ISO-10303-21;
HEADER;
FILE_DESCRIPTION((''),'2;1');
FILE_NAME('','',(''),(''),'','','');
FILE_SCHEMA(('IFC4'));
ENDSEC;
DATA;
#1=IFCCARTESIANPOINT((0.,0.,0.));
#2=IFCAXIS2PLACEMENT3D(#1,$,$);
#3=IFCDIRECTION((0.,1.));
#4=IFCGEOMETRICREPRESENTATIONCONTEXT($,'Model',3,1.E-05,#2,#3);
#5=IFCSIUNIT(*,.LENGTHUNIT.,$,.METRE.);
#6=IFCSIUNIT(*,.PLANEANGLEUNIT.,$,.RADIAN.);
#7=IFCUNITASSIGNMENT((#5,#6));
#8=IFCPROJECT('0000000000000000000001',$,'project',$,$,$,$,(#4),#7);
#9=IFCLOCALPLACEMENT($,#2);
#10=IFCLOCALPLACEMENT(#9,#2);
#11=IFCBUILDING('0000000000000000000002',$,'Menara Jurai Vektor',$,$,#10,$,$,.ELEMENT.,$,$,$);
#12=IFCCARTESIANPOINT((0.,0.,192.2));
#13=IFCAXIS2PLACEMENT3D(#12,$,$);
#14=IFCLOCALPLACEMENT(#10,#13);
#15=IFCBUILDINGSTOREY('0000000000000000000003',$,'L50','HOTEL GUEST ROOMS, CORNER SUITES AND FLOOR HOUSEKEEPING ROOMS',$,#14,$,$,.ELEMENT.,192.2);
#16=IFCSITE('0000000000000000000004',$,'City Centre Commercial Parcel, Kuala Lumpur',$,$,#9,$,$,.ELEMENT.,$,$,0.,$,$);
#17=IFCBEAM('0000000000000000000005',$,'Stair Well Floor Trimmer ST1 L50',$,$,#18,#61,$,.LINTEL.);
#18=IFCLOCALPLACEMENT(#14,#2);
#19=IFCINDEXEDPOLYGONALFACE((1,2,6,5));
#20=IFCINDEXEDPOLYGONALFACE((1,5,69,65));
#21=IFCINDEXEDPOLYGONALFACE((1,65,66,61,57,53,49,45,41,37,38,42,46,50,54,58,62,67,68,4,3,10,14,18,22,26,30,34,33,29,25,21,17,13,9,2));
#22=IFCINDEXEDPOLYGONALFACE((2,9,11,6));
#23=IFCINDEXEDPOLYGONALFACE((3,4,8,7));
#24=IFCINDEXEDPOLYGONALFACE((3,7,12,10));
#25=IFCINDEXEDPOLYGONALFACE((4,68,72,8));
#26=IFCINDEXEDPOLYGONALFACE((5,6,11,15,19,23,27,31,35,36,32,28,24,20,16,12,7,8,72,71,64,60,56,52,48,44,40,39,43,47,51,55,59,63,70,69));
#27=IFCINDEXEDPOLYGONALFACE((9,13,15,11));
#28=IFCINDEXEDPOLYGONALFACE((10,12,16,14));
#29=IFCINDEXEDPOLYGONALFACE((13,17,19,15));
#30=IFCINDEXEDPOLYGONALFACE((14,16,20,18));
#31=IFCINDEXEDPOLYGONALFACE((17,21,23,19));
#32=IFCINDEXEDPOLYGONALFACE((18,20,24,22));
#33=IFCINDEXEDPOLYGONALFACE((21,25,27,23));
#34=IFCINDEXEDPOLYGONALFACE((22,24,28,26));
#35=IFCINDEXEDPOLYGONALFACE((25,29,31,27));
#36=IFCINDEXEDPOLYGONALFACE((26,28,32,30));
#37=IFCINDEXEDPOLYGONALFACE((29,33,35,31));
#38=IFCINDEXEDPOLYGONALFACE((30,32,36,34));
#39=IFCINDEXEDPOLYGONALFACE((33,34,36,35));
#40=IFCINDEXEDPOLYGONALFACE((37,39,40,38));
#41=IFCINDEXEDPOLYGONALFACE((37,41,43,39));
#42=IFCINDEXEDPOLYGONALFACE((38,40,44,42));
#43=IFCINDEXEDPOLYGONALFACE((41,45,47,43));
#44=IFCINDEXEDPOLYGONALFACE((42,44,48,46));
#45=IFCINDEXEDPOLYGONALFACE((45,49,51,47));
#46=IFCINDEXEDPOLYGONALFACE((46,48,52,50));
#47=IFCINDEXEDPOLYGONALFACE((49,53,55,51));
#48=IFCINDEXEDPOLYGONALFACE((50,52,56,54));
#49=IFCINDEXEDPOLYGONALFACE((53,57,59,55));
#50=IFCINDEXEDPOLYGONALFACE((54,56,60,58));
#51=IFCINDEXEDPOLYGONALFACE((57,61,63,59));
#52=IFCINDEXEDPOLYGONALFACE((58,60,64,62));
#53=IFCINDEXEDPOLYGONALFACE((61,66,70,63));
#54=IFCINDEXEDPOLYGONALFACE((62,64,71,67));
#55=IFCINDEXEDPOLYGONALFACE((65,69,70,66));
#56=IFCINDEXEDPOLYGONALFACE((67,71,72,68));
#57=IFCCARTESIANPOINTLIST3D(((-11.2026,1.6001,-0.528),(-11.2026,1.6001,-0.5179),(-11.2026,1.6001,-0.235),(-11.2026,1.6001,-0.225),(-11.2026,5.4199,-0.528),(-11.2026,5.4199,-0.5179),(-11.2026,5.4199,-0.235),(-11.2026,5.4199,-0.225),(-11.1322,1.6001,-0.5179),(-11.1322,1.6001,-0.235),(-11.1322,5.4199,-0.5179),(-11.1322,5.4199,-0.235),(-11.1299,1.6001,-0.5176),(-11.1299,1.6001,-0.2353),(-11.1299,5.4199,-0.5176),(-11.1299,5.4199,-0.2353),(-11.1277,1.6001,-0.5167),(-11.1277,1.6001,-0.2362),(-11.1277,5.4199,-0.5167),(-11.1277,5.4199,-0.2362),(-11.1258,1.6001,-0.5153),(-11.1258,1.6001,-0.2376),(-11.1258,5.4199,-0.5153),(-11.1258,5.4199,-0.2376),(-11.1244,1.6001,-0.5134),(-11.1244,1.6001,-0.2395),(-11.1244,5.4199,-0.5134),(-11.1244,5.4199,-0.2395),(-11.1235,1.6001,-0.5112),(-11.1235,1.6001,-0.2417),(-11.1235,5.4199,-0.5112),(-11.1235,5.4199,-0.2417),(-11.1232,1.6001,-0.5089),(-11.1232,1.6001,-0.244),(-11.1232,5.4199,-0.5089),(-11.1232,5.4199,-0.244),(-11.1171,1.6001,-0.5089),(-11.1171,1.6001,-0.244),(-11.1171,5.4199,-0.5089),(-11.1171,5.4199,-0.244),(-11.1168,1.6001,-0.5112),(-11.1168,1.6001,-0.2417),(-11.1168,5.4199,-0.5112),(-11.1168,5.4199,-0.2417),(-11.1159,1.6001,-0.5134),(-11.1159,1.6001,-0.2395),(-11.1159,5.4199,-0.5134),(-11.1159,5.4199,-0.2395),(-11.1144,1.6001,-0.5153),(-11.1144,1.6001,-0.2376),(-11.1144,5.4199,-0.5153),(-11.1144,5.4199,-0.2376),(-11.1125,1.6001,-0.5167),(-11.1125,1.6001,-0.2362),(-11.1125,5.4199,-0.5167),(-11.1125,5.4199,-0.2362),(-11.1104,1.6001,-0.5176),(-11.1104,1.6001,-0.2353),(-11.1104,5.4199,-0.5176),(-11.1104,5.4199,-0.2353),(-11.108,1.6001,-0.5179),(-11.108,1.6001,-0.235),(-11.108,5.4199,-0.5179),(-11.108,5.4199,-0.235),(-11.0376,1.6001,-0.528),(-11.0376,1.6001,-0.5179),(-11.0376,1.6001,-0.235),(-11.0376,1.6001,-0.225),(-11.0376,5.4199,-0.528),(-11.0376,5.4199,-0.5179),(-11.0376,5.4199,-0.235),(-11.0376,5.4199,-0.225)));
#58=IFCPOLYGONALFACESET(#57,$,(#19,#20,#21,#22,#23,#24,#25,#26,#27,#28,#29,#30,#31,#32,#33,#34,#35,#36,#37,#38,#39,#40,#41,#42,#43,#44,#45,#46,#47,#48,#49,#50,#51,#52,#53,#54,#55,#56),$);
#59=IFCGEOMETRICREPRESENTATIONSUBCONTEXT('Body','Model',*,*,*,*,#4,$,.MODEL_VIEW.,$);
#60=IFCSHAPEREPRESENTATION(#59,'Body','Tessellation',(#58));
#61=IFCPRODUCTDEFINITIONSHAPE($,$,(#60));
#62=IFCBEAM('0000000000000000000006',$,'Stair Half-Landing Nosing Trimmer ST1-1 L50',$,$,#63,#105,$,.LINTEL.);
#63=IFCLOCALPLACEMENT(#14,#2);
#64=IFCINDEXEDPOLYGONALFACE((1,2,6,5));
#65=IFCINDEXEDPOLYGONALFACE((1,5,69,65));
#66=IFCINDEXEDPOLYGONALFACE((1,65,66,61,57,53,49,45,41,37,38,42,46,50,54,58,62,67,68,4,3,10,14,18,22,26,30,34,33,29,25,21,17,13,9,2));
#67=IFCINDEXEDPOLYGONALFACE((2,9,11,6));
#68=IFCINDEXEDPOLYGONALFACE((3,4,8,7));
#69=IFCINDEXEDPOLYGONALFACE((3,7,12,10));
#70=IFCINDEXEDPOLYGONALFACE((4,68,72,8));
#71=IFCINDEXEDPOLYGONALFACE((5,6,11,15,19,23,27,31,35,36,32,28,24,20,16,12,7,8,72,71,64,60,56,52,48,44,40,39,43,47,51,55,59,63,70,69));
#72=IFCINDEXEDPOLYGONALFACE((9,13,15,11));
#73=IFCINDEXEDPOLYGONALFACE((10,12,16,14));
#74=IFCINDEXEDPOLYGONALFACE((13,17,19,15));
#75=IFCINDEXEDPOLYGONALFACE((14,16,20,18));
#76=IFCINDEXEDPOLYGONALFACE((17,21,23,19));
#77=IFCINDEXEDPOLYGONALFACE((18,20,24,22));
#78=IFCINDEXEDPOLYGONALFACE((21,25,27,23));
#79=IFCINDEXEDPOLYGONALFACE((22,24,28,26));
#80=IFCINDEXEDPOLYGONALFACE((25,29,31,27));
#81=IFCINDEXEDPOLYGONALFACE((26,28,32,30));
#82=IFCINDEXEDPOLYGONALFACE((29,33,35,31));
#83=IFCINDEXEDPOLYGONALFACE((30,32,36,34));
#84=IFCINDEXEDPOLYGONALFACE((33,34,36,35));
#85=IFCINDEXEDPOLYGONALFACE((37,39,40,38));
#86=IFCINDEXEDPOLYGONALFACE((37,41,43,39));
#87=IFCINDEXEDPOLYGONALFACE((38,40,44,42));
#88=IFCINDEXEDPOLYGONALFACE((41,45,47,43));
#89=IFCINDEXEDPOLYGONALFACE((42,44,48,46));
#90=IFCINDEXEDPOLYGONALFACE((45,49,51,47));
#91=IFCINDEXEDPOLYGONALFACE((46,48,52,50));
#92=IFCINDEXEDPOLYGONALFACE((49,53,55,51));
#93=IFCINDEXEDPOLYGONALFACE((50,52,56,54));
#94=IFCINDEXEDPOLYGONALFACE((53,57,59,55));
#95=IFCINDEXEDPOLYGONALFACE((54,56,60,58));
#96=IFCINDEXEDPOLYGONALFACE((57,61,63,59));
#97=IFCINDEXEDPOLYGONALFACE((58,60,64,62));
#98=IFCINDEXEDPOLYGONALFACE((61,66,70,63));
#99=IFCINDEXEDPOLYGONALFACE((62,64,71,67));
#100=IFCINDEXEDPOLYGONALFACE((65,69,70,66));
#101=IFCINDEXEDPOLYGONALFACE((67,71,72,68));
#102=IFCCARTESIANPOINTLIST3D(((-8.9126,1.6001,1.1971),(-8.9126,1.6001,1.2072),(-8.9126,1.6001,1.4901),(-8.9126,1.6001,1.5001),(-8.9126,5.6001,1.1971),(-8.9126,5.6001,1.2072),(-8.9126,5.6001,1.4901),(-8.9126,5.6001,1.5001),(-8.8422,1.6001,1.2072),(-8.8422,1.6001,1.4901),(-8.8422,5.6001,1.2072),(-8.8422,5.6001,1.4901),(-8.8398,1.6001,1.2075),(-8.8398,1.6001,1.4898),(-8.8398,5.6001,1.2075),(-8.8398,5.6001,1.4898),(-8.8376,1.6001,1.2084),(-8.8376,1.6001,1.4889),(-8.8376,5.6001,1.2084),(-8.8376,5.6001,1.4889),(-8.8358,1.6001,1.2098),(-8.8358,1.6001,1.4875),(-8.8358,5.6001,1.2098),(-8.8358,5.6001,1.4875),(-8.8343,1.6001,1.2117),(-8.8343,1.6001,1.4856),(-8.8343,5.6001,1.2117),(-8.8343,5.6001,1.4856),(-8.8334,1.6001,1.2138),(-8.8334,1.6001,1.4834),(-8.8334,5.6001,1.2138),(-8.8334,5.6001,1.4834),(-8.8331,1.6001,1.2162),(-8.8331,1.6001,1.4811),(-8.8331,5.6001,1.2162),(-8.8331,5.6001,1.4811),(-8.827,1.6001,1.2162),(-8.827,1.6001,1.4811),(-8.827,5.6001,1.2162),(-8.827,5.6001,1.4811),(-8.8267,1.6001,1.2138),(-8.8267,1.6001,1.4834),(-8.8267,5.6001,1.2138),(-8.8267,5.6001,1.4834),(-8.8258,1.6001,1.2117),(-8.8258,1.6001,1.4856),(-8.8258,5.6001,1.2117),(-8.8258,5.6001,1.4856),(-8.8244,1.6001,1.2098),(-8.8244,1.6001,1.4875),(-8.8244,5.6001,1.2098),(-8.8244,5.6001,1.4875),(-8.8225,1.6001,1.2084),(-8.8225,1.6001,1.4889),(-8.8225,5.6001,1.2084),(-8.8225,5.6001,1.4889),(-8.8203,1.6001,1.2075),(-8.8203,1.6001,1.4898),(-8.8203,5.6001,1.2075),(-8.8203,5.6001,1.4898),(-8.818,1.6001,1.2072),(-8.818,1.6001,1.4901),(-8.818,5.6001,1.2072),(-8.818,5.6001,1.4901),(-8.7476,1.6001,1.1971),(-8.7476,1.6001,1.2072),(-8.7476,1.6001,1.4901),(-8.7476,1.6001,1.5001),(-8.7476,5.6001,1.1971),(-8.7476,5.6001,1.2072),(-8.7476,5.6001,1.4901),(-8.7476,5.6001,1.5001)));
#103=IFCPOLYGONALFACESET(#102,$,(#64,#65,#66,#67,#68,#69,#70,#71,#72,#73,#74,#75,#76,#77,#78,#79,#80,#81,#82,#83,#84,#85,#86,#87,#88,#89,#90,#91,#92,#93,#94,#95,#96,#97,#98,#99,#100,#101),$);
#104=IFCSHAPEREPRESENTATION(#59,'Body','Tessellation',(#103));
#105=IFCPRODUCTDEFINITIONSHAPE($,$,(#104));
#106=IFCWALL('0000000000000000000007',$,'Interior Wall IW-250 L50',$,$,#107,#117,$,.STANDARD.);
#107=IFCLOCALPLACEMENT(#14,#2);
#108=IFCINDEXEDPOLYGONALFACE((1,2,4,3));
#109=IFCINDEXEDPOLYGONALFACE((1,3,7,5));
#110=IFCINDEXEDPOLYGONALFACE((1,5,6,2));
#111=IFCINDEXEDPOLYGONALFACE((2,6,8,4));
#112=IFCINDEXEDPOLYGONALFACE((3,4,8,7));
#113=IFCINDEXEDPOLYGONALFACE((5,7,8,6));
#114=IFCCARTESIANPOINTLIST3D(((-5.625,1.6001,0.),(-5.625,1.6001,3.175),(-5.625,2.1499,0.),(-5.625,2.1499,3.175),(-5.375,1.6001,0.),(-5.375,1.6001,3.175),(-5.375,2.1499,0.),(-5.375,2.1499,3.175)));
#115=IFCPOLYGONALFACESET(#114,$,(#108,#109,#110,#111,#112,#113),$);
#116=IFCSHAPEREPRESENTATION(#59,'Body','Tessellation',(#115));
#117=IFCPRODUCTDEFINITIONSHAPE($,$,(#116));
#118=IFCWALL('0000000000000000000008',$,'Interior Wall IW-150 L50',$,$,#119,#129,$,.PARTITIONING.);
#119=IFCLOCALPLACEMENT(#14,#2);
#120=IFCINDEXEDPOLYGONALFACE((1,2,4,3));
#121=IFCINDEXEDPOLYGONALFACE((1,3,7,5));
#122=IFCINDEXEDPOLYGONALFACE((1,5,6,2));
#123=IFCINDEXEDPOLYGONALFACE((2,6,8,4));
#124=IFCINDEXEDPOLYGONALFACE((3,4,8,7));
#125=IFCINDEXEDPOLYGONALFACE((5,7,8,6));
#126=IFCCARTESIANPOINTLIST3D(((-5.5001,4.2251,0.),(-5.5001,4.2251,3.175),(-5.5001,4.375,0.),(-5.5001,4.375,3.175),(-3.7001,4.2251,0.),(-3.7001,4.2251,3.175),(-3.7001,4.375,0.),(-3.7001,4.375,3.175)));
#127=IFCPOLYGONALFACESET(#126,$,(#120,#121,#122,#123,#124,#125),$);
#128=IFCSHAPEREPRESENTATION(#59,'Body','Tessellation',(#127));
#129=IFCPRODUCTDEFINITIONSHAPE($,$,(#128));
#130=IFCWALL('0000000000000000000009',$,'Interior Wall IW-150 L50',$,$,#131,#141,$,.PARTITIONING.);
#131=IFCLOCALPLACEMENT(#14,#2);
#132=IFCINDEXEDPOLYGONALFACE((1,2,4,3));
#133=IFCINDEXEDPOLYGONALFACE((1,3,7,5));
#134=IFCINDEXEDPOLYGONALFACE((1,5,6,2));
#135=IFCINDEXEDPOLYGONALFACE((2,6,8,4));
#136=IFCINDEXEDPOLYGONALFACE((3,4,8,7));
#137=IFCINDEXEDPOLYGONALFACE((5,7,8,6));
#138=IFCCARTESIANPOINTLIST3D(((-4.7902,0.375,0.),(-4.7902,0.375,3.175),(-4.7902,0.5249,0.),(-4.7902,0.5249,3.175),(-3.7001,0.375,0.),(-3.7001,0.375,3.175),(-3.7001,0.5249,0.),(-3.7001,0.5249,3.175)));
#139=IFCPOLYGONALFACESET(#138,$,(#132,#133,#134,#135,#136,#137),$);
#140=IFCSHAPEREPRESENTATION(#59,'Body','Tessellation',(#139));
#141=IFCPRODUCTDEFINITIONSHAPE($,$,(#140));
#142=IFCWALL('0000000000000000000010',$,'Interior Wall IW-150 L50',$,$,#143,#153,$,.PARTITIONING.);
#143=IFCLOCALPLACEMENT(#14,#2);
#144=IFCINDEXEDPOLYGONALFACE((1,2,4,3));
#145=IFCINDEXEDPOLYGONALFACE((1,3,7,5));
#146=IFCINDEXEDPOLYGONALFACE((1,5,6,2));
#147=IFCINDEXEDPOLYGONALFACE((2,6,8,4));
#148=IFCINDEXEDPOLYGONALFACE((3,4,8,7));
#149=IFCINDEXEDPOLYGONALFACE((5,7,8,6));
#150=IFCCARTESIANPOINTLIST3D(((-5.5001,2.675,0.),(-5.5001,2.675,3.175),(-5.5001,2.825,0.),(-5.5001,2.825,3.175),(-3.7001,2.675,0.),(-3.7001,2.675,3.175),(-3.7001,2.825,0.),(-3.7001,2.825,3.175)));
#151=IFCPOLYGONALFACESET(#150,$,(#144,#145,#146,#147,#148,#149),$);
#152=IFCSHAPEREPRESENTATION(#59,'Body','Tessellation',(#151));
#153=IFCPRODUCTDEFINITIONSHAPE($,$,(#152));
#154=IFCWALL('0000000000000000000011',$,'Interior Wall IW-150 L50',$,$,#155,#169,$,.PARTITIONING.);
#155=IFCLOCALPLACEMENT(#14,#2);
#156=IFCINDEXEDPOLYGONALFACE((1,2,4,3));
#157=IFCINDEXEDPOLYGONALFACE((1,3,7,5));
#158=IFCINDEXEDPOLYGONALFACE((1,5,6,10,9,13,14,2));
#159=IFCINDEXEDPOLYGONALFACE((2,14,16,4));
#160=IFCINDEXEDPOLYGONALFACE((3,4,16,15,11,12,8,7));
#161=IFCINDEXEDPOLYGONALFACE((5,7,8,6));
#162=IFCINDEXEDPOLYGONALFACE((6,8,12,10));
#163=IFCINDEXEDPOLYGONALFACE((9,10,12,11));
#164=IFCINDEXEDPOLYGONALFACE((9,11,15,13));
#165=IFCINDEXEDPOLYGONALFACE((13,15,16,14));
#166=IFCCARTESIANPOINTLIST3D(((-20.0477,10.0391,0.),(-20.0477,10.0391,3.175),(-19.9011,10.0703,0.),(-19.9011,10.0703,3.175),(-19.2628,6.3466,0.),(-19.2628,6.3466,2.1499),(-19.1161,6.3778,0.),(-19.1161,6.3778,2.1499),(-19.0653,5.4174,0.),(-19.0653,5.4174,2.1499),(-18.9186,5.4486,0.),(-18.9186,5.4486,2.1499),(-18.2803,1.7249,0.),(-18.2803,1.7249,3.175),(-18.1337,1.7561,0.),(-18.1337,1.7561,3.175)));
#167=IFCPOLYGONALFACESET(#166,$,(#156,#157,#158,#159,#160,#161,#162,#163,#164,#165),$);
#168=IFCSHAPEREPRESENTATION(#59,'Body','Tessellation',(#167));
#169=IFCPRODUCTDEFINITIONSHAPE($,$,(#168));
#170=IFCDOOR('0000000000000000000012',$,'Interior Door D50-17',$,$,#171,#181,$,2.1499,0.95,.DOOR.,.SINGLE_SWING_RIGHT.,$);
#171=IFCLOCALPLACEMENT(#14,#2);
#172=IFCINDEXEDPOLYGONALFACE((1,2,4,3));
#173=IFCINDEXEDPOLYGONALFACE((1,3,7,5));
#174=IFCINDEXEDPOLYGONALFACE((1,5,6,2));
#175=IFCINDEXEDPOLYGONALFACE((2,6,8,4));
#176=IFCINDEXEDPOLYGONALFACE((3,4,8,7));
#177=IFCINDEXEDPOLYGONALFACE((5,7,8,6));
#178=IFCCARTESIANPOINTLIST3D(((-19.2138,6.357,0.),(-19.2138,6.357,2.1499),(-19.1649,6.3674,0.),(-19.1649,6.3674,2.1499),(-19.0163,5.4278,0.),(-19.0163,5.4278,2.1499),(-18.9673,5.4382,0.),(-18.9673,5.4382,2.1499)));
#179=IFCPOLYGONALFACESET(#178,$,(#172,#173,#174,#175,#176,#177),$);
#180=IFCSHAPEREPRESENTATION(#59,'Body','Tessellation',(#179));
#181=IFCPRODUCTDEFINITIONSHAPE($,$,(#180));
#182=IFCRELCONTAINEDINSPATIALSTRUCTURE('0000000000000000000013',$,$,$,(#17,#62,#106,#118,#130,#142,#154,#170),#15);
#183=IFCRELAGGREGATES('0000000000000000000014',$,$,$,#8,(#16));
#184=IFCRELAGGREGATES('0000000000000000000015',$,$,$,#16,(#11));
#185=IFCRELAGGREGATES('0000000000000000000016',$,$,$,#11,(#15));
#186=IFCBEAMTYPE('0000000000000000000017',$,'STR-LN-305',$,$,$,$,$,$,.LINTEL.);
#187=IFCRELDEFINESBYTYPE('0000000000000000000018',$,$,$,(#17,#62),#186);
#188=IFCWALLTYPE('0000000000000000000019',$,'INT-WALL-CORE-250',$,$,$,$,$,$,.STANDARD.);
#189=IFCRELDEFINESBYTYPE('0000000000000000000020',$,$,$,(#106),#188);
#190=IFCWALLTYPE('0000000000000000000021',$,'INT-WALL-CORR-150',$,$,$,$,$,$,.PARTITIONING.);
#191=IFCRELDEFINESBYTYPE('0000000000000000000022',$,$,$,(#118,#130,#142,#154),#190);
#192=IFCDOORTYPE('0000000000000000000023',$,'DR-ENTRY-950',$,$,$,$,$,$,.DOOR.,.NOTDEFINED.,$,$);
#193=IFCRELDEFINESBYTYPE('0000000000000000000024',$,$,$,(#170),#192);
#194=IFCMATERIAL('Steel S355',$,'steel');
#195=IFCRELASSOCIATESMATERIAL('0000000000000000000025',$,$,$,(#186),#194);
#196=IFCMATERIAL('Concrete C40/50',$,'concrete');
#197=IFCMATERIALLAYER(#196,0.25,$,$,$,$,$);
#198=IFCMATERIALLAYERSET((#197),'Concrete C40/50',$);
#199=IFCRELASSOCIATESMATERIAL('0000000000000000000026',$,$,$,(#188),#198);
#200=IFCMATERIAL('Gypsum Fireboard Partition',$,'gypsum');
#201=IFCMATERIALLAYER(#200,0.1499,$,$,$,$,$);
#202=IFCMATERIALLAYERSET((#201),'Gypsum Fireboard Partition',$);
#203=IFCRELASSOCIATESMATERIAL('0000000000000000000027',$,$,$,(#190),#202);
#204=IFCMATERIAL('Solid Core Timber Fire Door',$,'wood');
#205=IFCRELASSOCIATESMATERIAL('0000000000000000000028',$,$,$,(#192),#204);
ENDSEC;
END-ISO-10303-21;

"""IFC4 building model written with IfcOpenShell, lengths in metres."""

from ifc_helpers import new_model, si_unit, direction, frame, frame_2d, origin, origin_2d, place, context, subcontext, project, spatial, rectangle, i_section, extrude, material, layer, layer_set, material_profile, profile_set, type_object, element, fill, save


model = new_model("IFC4")

# Units and contexts
model_context = context("Model", 3, precision=1e-05, world=origin(), true_north=direction((0.0, 1.0)))
body_context = subcontext(model_context, "Body", "Model", "MODEL_VIEW")
ifc_project = project(units=[si_unit("LENGTHUNIT", "METRE"), si_unit("PLANEANGLEUNIT", "RADIAN")], contexts=[model_context])

# Site, building, storey
site_placement = place(None, origin())
site = spatial("IfcSite", under=ifc_project, at=site_placement, Name="City Centre Commercial Parcel, Kuala Lumpur", CompositionType="ELEMENT", RefElevation=0.0)
building_placement = place(site_placement, origin())
building = spatial("IfcBuilding", under=site, at=building_placement, Name="Menara Jurai Vektor", CompositionType="ELEMENT")
storey_placement = place(building_placement, frame((0.0, 0.0, 192.2)))
storey = spatial("IfcBuildingStorey", under=building, at=storey_placement, Name="L50", Description="HOTEL GUEST ROOMS, CORNER SUITES AND FLOOR HOUSEKEEPING ROOMS", CompositionType="ELEMENT", Elevation=192.2)

# Shared definitions
ifc_material_1 = material(Name="Steel S355", Category="steel")

# Beams
ifc_material_profile_1 = material_profile(ifc_material_1, i_section(OverallWidth=0.165, OverallDepth=0.303, WebThickness=0.0061, FlangeThickness=0.01, FilletRadius=0.009, at=origin_2d()), Name="UKB 305x165x40")
ifc_profile_set_1 = profile_set([ifc_material_profile_1], Name="Steel S355")
beam_type_1 = type_object("IfcBeamType", Name="STR-LN-305", PredefinedType="LINTEL", material=ifc_profile_set_1)
beam_1_placement = place(storey_placement, frame((-11.1201, 1.6001, -0.3765), z_axis=(0.0, 1.0, 0.0), x_axis=(-1.0, 0.0, 0.0)))
element("IfcBeam", 1, at=beam_1_placement, inside=storey, type_object=beam_type_1, Name="Stair Well Floor Trimmer ST1 L50", PredefinedType="LINTEL", context=body_context, shape_type="SweptSolid", body=[
    extrude(i_section(OverallWidth=0.165, OverallDepth=0.303, WebThickness=0.0061, FlangeThickness=0.01, FilletRadius=0.009, at=origin_2d()), origin(), (0.0, 0.0, 1.0), 3.8198),
])
beam_2_placement = place(storey_placement, frame((-8.8301, 1.6001, 1.3486), z_axis=(0.0, 1.0, 0.0), x_axis=(-1.0, 0.0, 0.0)))
element("IfcBeam", 2, at=beam_2_placement, inside=storey, type_object=beam_type_1, Name="Stair Half-Landing Nosing Trimmer ST1-1 L50", PredefinedType="LINTEL", context=body_context, shape_type="SweptSolid", body=[
    extrude(i_section(OverallWidth=0.165, OverallDepth=0.303, WebThickness=0.0061, FlangeThickness=0.01, FilletRadius=0.009, at=origin_2d()), origin(), (0.0, 0.0, 1.0), 4.0),
])

# Shared definitions
ifc_material_2 = material(Name="Concrete C40/50", Category="concrete")
ifc_layer_1 = layer(ifc_material_2, 0.25)
ifc_layer_set_1 = layer_set([ifc_layer_1], Name="Concrete C40/50")
wall_type_1 = type_object("IfcWallType", Name="INT-WALL-CORE-250", PredefinedType="STANDARD", material=ifc_layer_set_1)

# Walls
wall_1_placement = place(storey_placement, frame((-5.5, 1.6001, 0.0), z_axis=(0.0, 0.0, 1.0), x_axis=(0.0, 1.0, 0.0)))
element("IfcWall", 3, at=wall_1_placement, inside=storey, type_object=wall_type_1, Name="Interior Wall IW-250 L50", PredefinedType="STANDARD", context=body_context, shape_type="SweptSolid", body=[
    extrude(rectangle(XDim=0.5498, YDim=0.25, at=frame_2d((0.2749, 0.0))), origin(), (0.0, 0.0, 1.0), 3.175),
])
ifc_material_3 = material(Name="Gypsum Fireboard Partition", Category="gypsum")
ifc_layer_2 = layer(ifc_material_3, 0.1499)
ifc_layer_set_2 = layer_set([ifc_layer_2], Name="Gypsum Fireboard Partition")
wall_type_2 = type_object("IfcWallType", Name="INT-WALL-CORR-150", PredefinedType="PARTITIONING", material=ifc_layer_set_2)
wall_2_placement = place(storey_placement, frame((-5.5, 4.3, 0.0), z_axis=(0.0, 0.0, 1.0), x_axis=(1.0, 0.0, 0.0)))
element("IfcWall", 4, at=wall_2_placement, inside=storey, type_object=wall_type_2, Name="Interior Wall IW-150 L50", PredefinedType="PARTITIONING", context=body_context, shape_type="SweptSolid", body=[
    extrude(rectangle(XDim=1.8, YDim=0.1499, at=frame_2d((0.8999, 0.0))), origin(), (0.0, 0.0, 1.0), 3.175),
])
wall_3_placement = place(storey_placement, frame((-4.79, 0.45, 0.0), z_axis=(0.0, 0.0, 1.0), x_axis=(1.0, 0.0, 0.0)))
element("IfcWall", 5, at=wall_3_placement, inside=storey, type_object=wall_type_2, Name="Interior Wall IW-150 L50", PredefinedType="PARTITIONING", context=body_context, shape_type="SweptSolid", body=[
    extrude(rectangle(XDim=1.0901, YDim=0.1499, at=frame_2d((0.5449, 0.0))), origin(), (0.0, 0.0, 1.0), 3.175),
])
wall_4_placement = place(storey_placement, frame((-5.5, 2.75, 0.0), z_axis=(0.0, 0.0, 1.0), x_axis=(1.0, 0.0, 0.0)))
element("IfcWall", 6, at=wall_4_placement, inside=storey, type_object=wall_type_2, Name="Interior Wall IW-150 L50", PredefinedType="PARTITIONING", context=body_context, shape_type="SweptSolid", body=[
    extrude(rectangle(XDim=1.8, YDim=0.1499, at=frame_2d((0.8999, 0.0))), origin(), (0.0, 0.0, 1.0), 3.175),
])

# Wall, opening, door
wall_5_placement = place(storey_placement, frame((-18.207, 1.7405, 0.0), z_axis=(0.0, 0.0, 1.0), x_axis=(-0.207922, 0.978145, 0.0)))
wall_5 = element("IfcWall", 7, at=wall_5_placement, inside=storey, type_object=wall_type_2, Name="Interior Wall IW-150 L50", PredefinedType="PARTITIONING", context=body_context, shape_type="SweptSolid", body=[
    extrude(rectangle(XDim=8.5, YDim=0.1499, at=frame_2d((4.25, 0.0))), origin(), (0.0, 0.0, 1.0), 3.175),
])
opening_1_placement = place(wall_5_placement, frame((3.7749, 0.0, 0.0)))
opening_1 = element("IfcOpeningElement", 8, at=opening_1_placement, cuts=wall_5, PredefinedType="OPENING", context=body_context, shape_type="SweptSolid", body=[
    extrude(rectangle(XDim=0.95, YDim=2.1499, at=frame_2d((0.4751, 1.075))), frame((0.0, 0.085, 0.0), z_axis=(0.0, -1.0, 0.0), x_axis=(1.0, 0.0, 0.0)), (0.0, 0.0, 1.0), 0.1699),
])
ifc_material_4 = material(Name="Solid Core Timber Fire Door", Category="wood")
door_type_1 = type_object("IfcDoorType", Name="DR-ENTRY-950", OperationType="NOTDEFINED", PredefinedType="DOOR", material=ifc_material_4)
door_1_placement = place(opening_1_placement, origin())
door_1 = element("IfcDoor", 9, at=door_1_placement, inside=storey, type_object=door_type_1, Name="Interior Door D50-17", OperationType="SINGLE_SWING_RIGHT", OverallHeight=2.1499, OverallWidth=0.95, PredefinedType="DOOR", context=body_context, shape_type="SweptSolid", body=[
    extrude(rectangle(XDim=0.95, YDim=2.1499, at=frame_2d((0.4751, 1.075))), frame((0.0, 0.0249, 0.0), z_axis=(0.0, -1.0, 0.0), x_axis=(1.0, 0.0, 0.0)), (0.0, 0.0, 1.0), 0.05),
])
fill(opening_1, door_1)

save(model, "model.ifc")
